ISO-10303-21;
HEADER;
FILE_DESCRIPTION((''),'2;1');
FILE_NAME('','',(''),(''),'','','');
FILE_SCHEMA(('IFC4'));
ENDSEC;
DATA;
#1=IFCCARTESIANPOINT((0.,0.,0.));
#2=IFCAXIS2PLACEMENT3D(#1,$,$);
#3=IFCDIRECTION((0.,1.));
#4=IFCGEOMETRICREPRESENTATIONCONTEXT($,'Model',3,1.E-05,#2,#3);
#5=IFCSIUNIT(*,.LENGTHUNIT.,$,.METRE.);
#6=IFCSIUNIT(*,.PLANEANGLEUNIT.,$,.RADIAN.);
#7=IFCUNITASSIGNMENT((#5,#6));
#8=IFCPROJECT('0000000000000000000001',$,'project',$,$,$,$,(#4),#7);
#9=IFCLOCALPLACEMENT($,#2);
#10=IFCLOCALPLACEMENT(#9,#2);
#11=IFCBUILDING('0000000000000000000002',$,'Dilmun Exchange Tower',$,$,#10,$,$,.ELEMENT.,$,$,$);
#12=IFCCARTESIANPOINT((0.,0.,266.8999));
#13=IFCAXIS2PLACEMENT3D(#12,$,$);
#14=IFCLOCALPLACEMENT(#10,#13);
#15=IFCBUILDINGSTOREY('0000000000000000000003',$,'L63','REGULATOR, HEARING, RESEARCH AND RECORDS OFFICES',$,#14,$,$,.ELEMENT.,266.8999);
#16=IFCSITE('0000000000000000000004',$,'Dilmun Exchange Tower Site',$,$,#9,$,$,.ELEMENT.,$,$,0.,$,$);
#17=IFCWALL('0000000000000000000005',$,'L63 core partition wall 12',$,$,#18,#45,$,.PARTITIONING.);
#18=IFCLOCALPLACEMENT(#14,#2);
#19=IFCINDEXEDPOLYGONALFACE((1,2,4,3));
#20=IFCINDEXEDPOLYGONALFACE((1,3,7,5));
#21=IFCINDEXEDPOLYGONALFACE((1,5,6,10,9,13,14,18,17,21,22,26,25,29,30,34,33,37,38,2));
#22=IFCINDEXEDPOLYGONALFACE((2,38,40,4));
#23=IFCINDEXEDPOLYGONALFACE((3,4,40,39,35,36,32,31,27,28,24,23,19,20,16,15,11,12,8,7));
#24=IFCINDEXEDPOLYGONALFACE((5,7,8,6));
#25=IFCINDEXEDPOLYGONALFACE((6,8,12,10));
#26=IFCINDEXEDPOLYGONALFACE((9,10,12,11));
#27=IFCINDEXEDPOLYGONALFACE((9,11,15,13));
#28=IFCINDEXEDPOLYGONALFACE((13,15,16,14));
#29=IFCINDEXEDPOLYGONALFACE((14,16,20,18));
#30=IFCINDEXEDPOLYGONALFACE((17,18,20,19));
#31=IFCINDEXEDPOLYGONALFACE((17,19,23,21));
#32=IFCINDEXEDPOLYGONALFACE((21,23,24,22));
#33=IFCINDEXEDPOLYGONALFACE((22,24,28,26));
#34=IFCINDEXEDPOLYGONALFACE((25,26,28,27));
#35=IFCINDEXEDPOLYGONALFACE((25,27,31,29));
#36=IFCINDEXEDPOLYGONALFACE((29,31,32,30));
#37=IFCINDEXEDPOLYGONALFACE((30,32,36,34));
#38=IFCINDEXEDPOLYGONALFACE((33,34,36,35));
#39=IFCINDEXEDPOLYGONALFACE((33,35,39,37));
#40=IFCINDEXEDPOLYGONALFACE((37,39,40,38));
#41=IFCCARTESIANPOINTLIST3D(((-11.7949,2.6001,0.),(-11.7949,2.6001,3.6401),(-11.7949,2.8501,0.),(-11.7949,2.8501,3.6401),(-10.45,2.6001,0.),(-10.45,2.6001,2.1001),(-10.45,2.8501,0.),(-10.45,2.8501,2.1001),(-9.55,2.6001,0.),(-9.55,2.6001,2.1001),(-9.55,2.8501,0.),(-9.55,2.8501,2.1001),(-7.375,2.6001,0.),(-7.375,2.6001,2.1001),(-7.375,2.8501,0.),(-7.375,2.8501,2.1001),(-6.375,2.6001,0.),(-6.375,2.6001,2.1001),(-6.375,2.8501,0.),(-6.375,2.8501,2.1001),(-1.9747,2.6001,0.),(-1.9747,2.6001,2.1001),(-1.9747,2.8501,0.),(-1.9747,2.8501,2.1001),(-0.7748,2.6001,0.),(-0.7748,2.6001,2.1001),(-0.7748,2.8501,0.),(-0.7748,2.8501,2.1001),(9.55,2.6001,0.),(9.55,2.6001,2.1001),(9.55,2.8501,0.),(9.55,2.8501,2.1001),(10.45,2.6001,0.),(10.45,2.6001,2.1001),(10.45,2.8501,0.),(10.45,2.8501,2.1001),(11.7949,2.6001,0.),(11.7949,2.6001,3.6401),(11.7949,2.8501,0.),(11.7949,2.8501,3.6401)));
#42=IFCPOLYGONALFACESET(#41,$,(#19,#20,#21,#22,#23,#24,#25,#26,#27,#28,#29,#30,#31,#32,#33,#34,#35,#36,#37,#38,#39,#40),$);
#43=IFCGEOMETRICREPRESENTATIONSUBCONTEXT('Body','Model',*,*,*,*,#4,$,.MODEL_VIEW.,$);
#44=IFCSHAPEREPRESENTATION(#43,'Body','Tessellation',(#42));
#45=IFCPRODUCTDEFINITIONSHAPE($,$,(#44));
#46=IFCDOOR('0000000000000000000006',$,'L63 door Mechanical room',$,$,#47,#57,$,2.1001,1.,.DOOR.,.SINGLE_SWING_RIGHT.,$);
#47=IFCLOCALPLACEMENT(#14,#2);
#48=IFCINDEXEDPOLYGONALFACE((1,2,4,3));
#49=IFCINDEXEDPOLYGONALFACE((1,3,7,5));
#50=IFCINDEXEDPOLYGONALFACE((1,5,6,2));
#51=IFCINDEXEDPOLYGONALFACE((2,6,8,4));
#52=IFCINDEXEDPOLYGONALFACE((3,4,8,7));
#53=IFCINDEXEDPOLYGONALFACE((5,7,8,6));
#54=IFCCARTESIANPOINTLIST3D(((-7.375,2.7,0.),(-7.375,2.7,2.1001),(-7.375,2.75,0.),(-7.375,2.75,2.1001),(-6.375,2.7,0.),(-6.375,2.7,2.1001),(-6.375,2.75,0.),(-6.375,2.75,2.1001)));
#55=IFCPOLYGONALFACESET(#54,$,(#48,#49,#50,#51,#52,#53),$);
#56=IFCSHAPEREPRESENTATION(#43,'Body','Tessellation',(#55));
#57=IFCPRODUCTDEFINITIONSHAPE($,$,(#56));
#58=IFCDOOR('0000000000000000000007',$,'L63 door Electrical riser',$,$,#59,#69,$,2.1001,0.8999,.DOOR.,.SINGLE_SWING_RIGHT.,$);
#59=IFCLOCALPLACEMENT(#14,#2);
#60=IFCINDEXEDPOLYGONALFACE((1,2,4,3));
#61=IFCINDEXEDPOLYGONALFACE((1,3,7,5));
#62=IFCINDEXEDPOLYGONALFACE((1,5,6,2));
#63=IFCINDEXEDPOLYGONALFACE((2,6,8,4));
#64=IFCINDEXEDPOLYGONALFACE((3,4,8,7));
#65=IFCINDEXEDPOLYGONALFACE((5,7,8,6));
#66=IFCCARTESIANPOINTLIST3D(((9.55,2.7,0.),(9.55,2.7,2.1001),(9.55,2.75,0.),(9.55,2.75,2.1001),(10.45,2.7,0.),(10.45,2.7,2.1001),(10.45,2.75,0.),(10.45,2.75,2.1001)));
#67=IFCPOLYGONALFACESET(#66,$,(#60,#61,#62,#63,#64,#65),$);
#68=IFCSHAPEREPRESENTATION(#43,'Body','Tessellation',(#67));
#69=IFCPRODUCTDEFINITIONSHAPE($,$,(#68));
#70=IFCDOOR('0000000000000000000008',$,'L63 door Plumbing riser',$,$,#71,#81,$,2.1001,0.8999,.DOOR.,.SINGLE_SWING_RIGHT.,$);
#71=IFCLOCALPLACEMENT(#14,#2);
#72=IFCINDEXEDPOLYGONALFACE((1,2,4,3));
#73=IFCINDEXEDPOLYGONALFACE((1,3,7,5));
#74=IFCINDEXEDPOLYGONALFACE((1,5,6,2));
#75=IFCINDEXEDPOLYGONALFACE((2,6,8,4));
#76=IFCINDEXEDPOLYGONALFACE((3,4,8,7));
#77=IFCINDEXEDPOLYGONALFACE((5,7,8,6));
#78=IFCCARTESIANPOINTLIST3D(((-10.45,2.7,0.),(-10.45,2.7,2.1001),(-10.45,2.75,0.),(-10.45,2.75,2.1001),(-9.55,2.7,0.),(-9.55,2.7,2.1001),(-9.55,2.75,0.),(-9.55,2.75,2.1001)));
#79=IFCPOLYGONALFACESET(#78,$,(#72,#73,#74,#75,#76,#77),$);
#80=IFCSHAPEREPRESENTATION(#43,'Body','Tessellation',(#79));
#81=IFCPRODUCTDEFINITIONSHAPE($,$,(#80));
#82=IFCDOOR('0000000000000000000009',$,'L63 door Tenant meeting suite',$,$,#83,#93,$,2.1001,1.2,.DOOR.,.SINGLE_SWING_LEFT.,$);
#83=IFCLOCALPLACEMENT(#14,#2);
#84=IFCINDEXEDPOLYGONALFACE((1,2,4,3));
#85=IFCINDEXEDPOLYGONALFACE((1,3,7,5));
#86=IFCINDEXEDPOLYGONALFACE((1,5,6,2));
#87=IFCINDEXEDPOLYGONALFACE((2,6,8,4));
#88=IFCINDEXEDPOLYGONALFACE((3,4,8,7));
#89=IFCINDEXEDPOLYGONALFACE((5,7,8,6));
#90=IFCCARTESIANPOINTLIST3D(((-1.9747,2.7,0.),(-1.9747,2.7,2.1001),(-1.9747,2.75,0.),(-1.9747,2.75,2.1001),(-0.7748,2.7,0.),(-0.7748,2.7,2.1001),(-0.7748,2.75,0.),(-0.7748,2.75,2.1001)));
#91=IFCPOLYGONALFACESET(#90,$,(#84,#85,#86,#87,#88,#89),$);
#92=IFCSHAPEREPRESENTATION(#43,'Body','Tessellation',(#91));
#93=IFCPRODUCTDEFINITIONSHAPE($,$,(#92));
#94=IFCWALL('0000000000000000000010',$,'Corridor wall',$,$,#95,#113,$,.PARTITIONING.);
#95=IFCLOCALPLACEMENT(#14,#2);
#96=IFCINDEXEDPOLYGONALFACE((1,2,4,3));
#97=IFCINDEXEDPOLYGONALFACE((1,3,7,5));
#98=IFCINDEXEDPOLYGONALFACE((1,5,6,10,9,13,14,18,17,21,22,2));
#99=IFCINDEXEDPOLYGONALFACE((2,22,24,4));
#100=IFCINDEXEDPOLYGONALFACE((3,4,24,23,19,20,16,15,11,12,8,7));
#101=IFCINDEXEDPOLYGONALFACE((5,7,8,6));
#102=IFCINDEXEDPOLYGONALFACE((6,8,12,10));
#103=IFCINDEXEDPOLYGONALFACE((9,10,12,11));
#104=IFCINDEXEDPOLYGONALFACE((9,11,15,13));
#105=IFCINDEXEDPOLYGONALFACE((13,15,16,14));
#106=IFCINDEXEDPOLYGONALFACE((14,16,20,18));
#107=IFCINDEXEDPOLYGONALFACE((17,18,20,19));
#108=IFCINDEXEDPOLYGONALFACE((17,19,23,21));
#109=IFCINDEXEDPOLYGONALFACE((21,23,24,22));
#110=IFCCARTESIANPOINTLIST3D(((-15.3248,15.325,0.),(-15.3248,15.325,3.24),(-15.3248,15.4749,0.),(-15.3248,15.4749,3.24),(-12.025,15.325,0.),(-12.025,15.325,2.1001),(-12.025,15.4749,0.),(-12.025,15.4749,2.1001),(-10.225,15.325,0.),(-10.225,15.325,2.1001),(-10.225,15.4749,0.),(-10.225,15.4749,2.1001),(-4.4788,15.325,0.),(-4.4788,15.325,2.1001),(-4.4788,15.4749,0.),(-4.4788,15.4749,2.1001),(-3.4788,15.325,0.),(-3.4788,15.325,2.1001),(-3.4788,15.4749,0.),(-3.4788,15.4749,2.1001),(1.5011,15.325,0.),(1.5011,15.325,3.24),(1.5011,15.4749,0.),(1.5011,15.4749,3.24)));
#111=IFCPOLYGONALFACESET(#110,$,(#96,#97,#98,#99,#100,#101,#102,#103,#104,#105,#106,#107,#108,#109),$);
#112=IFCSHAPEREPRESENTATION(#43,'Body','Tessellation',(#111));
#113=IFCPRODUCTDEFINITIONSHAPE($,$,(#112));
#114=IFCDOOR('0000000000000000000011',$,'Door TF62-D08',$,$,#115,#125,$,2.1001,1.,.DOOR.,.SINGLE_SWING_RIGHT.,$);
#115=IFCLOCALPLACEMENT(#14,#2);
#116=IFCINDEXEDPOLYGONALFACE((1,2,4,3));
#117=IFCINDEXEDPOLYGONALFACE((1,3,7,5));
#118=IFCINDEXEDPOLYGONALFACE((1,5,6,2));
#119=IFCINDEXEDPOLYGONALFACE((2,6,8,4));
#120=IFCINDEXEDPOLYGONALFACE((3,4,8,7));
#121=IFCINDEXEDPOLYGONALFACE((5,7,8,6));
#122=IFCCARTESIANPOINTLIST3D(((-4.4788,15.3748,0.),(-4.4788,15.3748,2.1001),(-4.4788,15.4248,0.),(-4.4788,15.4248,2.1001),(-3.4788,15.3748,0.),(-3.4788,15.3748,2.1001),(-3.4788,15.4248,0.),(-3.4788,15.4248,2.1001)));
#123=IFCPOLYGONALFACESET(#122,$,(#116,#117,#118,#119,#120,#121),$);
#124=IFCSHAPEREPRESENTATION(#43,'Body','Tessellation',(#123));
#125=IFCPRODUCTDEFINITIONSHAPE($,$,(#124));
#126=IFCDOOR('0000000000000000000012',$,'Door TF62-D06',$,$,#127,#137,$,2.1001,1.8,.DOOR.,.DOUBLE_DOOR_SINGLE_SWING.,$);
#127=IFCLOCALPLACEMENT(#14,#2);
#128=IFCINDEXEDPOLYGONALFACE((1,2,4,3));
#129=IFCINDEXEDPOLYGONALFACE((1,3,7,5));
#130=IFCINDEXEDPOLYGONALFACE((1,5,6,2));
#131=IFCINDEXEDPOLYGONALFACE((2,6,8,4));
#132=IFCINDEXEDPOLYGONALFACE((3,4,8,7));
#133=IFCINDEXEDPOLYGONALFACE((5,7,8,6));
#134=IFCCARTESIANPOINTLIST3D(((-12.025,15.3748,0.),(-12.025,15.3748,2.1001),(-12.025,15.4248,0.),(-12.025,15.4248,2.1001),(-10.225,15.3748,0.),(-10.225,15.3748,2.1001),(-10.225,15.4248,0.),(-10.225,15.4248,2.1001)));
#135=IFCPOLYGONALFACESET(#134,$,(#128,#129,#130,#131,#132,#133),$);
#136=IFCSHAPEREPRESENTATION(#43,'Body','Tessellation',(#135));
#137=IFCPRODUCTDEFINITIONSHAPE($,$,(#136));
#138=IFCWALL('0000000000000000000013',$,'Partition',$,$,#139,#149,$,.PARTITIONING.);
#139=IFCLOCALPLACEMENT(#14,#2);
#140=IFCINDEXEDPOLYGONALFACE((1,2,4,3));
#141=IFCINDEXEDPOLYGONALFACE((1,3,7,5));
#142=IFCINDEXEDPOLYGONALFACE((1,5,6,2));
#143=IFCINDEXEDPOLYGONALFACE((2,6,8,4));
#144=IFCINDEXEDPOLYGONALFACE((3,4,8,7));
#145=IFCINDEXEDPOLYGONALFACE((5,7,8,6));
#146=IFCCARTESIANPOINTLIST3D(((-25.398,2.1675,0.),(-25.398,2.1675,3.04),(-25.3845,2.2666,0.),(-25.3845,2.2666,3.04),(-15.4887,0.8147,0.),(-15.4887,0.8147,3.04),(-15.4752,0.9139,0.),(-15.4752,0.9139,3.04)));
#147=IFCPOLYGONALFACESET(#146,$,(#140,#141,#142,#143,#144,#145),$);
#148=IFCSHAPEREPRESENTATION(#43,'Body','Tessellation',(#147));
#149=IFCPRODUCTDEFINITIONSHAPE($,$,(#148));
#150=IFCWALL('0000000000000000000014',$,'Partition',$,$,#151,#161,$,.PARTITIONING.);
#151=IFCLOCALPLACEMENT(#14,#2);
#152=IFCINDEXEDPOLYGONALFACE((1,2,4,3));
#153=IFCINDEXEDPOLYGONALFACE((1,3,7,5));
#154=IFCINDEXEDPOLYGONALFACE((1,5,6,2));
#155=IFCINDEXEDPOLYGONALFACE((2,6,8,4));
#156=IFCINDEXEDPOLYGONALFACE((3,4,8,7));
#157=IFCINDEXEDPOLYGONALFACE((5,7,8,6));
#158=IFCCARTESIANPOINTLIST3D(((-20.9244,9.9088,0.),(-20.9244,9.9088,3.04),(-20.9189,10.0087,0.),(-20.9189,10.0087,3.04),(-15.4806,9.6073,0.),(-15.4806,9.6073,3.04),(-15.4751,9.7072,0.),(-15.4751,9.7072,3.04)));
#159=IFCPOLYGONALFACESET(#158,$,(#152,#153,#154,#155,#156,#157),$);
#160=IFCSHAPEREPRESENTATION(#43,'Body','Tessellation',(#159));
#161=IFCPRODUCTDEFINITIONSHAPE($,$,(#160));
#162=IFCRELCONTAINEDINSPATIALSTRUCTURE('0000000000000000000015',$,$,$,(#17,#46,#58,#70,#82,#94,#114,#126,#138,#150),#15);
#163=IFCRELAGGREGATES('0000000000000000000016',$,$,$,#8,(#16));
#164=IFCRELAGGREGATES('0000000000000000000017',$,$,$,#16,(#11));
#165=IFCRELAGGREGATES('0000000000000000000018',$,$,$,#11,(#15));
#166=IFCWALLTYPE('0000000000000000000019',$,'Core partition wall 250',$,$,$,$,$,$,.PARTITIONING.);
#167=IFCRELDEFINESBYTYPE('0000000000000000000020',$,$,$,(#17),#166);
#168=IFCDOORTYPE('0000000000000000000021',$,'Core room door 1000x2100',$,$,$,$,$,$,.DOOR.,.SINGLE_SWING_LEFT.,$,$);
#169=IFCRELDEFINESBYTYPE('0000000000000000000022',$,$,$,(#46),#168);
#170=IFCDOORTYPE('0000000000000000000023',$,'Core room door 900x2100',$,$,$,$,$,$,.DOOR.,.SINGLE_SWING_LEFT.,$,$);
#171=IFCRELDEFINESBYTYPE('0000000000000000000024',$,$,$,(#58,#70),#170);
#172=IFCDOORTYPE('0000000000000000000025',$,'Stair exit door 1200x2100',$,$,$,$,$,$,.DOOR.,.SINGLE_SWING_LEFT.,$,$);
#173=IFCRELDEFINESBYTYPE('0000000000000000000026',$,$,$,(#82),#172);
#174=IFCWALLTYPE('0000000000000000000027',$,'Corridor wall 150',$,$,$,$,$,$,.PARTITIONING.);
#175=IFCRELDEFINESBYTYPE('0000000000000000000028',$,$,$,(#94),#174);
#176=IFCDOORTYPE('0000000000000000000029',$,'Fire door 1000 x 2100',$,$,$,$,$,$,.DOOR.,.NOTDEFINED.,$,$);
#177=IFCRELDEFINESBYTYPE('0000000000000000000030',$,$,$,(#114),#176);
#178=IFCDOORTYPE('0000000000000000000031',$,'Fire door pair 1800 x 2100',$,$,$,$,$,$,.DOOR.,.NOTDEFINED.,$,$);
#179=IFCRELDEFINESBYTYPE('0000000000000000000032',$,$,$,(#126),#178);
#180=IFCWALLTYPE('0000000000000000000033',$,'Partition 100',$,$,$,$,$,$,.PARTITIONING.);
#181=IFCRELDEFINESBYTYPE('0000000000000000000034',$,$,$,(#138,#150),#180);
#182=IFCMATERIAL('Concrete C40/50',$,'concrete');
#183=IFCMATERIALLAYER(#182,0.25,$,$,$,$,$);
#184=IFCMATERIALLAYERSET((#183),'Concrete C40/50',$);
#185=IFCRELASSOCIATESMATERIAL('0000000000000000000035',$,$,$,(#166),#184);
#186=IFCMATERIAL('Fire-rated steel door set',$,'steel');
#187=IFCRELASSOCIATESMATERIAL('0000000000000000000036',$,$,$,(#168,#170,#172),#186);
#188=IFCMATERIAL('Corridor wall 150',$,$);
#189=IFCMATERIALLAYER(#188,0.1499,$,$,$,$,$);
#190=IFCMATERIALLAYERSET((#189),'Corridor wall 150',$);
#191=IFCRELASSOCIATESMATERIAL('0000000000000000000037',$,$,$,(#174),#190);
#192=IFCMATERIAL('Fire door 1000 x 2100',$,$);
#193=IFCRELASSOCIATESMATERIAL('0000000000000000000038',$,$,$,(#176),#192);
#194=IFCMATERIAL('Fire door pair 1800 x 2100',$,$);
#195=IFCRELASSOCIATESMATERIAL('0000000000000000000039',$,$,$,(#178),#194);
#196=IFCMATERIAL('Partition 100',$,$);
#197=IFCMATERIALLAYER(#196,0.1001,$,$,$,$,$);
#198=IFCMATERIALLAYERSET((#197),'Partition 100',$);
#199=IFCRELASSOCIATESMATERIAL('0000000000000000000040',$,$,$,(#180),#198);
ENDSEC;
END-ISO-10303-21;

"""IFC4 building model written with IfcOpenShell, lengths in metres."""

from ifc_helpers import new_model, si_unit, direction, frame, frame_2d, origin, place, context, subcontext, project, spatial, rectangle, extrude, material, layer, layer_set, type_object, element, fill, save


model = new_model("IFC4")

# Units and contexts
model_context = context("Model", 3, precision=1e-05, world=origin(), true_north=direction((0.0, 1.0)))
body_context = subcontext(model_context, "Body", "Model", "MODEL_VIEW")
ifc_project = project(units=[si_unit("LENGTHUNIT", "METRE"), si_unit("PLANEANGLEUNIT", "RADIAN")], contexts=[model_context])

# Site, building, storey
site_placement = place(None, origin())
site = spatial("IfcSite", under=ifc_project, at=site_placement, Name="Dilmun Exchange Tower Site", CompositionType="ELEMENT", RefElevation=0.0)
building_placement = place(site_placement, origin())
building = spatial("IfcBuilding", under=site, at=building_placement, Name="Dilmun Exchange Tower", CompositionType="ELEMENT")
storey_placement = place(building_placement, frame((0.0, 0.0, 266.8999)))
storey = spatial("IfcBuildingStorey", under=building, at=storey_placement, Name="L63", Description="REGULATOR, HEARING, RESEARCH AND RECORDS OFFICES", CompositionType="ELEMENT", Elevation=266.8999)

# Shared definitions
ifc_material_1 = material(Name="Concrete C40/50", Category="concrete")

# Walls, openings, doors
ifc_layer_1 = layer(ifc_material_1, 0.25)
ifc_layer_set_1 = layer_set([ifc_layer_1], Name="Concrete C40/50")
wall_type_1 = type_object("IfcWallType", Name="Core partition wall 250", PredefinedType="PARTITIONING", material=ifc_layer_set_1)
wall_1_placement = place(storey_placement, frame((-11.7949, 2.7251, 0.0), z_axis=(0.0, 0.0, 1.0), x_axis=(1.0, 0.0, 0.0)))
wall_1 = element("IfcWall", 1, at=wall_1_placement, inside=storey, type_object=wall_type_1, Name="L63 core partition wall 12", PredefinedType="PARTITIONING", context=body_context, shape_type="SweptSolid", body=[
    extrude(rectangle(XDim=23.5898, YDim=0.25, at=frame_2d((11.7949, 0.0))), origin(), (0.0, 0.0, 1.0), 3.6401),
])
opening_1_placement = place(wall_1_placement, frame((21.345, 0.0, 0.0)))
opening_1 = element("IfcOpeningElement", 2, at=opening_1_placement, cuts=wall_1, PredefinedType="OPENING", context=body_context, shape_type="SweptSolid", body=[
    extrude(rectangle(XDim=0.8999, YDim=2.1001, at=frame_2d((0.45, 1.05))), frame((0.0, 0.135, 0.0), z_axis=(0.0, -1.0, 0.0), x_axis=(1.0, 0.0, 0.0)), (0.0, 0.0, 1.0), 0.27),
])
opening_2_placement = place(wall_1_placement, frame((1.345, 0.0, 0.0)))
opening_2 = element("IfcOpeningElement", 3, at=opening_2_placement, cuts=wall_1, PredefinedType="OPENING", context=body_context, shape_type="SweptSolid", body=[
    extrude(rectangle(XDim=0.8999, YDim=2.1001, at=frame_2d((0.45, 1.05))), frame((0.0, 0.135, 0.0), z_axis=(0.0, -1.0, 0.0), x_axis=(1.0, 0.0, 0.0)), (0.0, 0.0, 1.0), 0.27),
])
opening_3_placement = place(wall_1_placement, frame((4.4199, 0.0, 0.0)))
opening_3 = element("IfcOpeningElement", 4, at=opening_3_placement, cuts=wall_1, PredefinedType="OPENING", context=body_context, shape_type="SweptSolid", body=[
    extrude(rectangle(XDim=1.0, YDim=2.1001, at=frame_2d((0.5, 1.05))), frame((0.0, 0.135, 0.0), z_axis=(0.0, -1.0, 0.0), x_axis=(1.0, 0.0, 0.0)), (0.0, 0.0, 1.0), 0.27),
])
opening_4_placement = place(wall_1_placement, frame((9.8201, 0.0, 0.0)))
opening_4 = element("IfcOpeningElement", 5, at=opening_4_placement, cuts=wall_1, PredefinedType="OPENING", context=body_context, shape_type="SweptSolid", body=[
    extrude(rectangle(XDim=1.2, YDim=2.1001, at=frame_2d((0.6001, 1.05))), frame((0.0, 0.135, 0.0), z_axis=(0.0, -1.0, 0.0), x_axis=(1.0, 0.0, 0.0)), (0.0, 0.0, 1.0), 0.27),
])
ifc_material_2 = material(Name="Fire-rated steel door set", Category="steel")
door_type_1 = type_object("IfcDoorType", Name="Core room door 1000x2100", OperationType="SINGLE_SWING_LEFT", PredefinedType="DOOR", material=ifc_material_2)
door_1_placement = place(opening_3_placement, origin())
door_1 = element("IfcDoor", 6, at=door_1_placement, inside=storey, type_object=door_type_1, Name="L63 door Mechanical room", OperationType="SINGLE_SWING_RIGHT", OverallHeight=2.1001, OverallWidth=1.0, PredefinedType="DOOR", context=body_context, shape_type="SweptSolid", body=[
    extrude(rectangle(XDim=1.0, YDim=2.1001, at=frame_2d((0.5, 1.05))), frame((0.0, 0.0249, 0.0), z_axis=(0.0, -1.0, 0.0), x_axis=(1.0, 0.0, 0.0)), (0.0, 0.0, 1.0), 0.05),
])
fill(opening_3, door_1)
door_type_2 = type_object("IfcDoorType", Name="Core room door 900x2100", OperationType="SINGLE_SWING_LEFT", PredefinedType="DOOR", material=ifc_material_2)
door_2_placement = place(opening_1_placement, origin())
door_2 = element("IfcDoor", 7, at=door_2_placement, inside=storey, type_object=door_type_2, Name="L63 door Electrical riser", OperationType="SINGLE_SWING_RIGHT", OverallHeight=2.1001, OverallWidth=0.8999, PredefinedType="DOOR", context=body_context, shape_type="SweptSolid", body=[
    extrude(rectangle(XDim=0.8999, YDim=2.1001, at=frame_2d((0.45, 1.05))), frame((0.0, 0.0249, 0.0), z_axis=(0.0, -1.0, 0.0), x_axis=(1.0, 0.0, 0.0)), (0.0, 0.0, 1.0), 0.05),
])
fill(opening_1, door_2)
door_3_placement = place(opening_2_placement, origin())
door_3 = element("IfcDoor", 8, at=door_3_placement, inside=storey, type_object=door_type_2, Name="L63 door Plumbing riser", OperationType="SINGLE_SWING_RIGHT", OverallHeight=2.1001, OverallWidth=0.8999, PredefinedType="DOOR", context=body_context, shape_type="SweptSolid", body=[
    extrude(rectangle(XDim=0.8999, YDim=2.1001, at=frame_2d((0.45, 1.05))), frame((0.0, 0.0249, 0.0), z_axis=(0.0, -1.0, 0.0), x_axis=(1.0, 0.0, 0.0)), (0.0, 0.0, 1.0), 0.05),
])
fill(opening_2, door_3)
door_type_3 = type_object("IfcDoorType", Name="Stair exit door 1200x2100", OperationType="SINGLE_SWING_LEFT", PredefinedType="DOOR", material=ifc_material_2)
door_4_placement = place(opening_4_placement, origin())
door_4 = element("IfcDoor", 9, at=door_4_placement, inside=storey, type_object=door_type_3, Name="L63 door Tenant meeting suite", OperationType="SINGLE_SWING_LEFT", OverallHeight=2.1001, OverallWidth=1.2, PredefinedType="DOOR", context=body_context, shape_type="SweptSolid", body=[
    extrude(rectangle(XDim=1.2, YDim=2.1001, at=frame_2d((0.6001, 1.05))), frame((0.0, 0.0249, 0.0), z_axis=(0.0, -1.0, 0.0), x_axis=(1.0, 0.0, 0.0)), (0.0, 0.0, 1.0), 0.05),
])
fill(opening_4, door_4)
ifc_material_3 = material(Name="Corridor wall 150")
ifc_layer_2 = layer(ifc_material_3, 0.1499)
ifc_layer_set_2 = layer_set([ifc_layer_2], Name="Corridor wall 150")
wall_type_2 = type_object("IfcWallType", Name="Corridor wall 150", PredefinedType="PARTITIONING", material=ifc_layer_set_2)
wall_2_placement = place(storey_placement, frame((-15.325, 15.3999, 0.0), z_axis=(0.0, 0.0, 1.0), x_axis=(1.0, 0.0, 0.0)))
wall_2 = element("IfcWall", 10, at=wall_2_placement, inside=storey, type_object=wall_type_2, Name="Corridor wall", PredefinedType="PARTITIONING", context=body_context, shape_type="SweptSolid", body=[
    extrude(rectangle(XDim=16.8259, YDim=0.1499, at=frame_2d((8.4131, 0.0))), origin(), (0.0, 0.0, 1.0), 3.24),
])
opening_5_placement = place(wall_2_placement, frame((3.3, 0.0, 0.0)))
opening_5 = element("IfcOpeningElement", 11, at=opening_5_placement, cuts=wall_2, PredefinedType="OPENING", context=body_context, shape_type="SweptSolid", body=[
    extrude(rectangle(XDim=1.8, YDim=2.1001, at=frame_2d((0.8999, 1.05))), frame((0.0, 0.085, 0.0), z_axis=(0.0, -1.0, 0.0), x_axis=(1.0, 0.0, 0.0)), (0.0, 0.0, 1.0), 0.1699),
])
opening_6_placement = place(wall_2_placement, frame((10.8462, 0.0, 0.0)))
opening_6 = element("IfcOpeningElement", 12, at=opening_6_placement, cuts=wall_2, PredefinedType="OPENING", context=body_context, shape_type="SweptSolid", body=[
    extrude(rectangle(XDim=1.0, YDim=2.1001, at=frame_2d((0.5, 1.05))), frame((0.0, 0.085, 0.0), z_axis=(0.0, -1.0, 0.0), x_axis=(1.0, 0.0, 0.0)), (0.0, 0.0, 1.0), 0.1699),
])
ifc_material_4 = material(Name="Fire door 1000 x 2100")
door_type_4 = type_object("IfcDoorType", Name="Fire door 1000 x 2100", OperationType="NOTDEFINED", PredefinedType="DOOR", material=ifc_material_4)
door_5_placement = place(opening_6_placement, origin())
door_5 = element("IfcDoor", 13, at=door_5_placement, inside=storey, type_object=door_type_4, Name="Door TF62-D08", OperationType="SINGLE_SWING_RIGHT", OverallHeight=2.1001, OverallWidth=1.0, PredefinedType="DOOR", context=body_context, shape_type="SweptSolid", body=[
    extrude(rectangle(XDim=1.0, YDim=2.1001, at=frame_2d((0.5, 1.05))), frame((0.0, 0.0249, 0.0), z_axis=(0.0, -1.0, 0.0), x_axis=(1.0, 0.0, 0.0)), (0.0, 0.0, 1.0), 0.05),
])
fill(opening_6, door_5)
ifc_material_5 = material(Name="Fire door pair 1800 x 2100")
door_type_5 = type_object("IfcDoorType", Name="Fire door pair 1800 x 2100", OperationType="NOTDEFINED", PredefinedType="DOOR", material=ifc_material_5)
door_6_placement = place(opening_5_placement, origin())
door_6 = element("IfcDoor", 14, at=door_6_placement, inside=storey, type_object=door_type_5, Name="Door TF62-D06", OperationType="DOUBLE_DOOR_SINGLE_SWING", OverallHeight=2.1001, OverallWidth=1.8, PredefinedType="DOOR", context=body_context, shape_type="SweptSolid", body=[
    extrude(rectangle(XDim=1.8, YDim=2.1001, at=frame_2d((0.8999, 1.05))), frame((0.0, 0.0249, 0.0), z_axis=(0.0, -1.0, 0.0), x_axis=(1.0, 0.0, 0.0)), (0.0, 0.0, 1.0), 0.05),
])
fill(opening_5, door_6)

# Walls
ifc_material_6 = material(Name="Partition 100")
ifc_layer_3 = layer(ifc_material_6, 0.1001)
ifc_layer_set_3 = layer_set([ifc_layer_3], Name="Partition 100")
wall_type_3 = type_object("IfcWallType", Name="Partition 100", PredefinedType="PARTITIONING", material=ifc_layer_set_3)
wall_3_placement = place(storey_placement, frame((-25.3911, 2.217, 0.0), z_axis=(0.0, 0.0, 1.0), x_axis=(0.99081, -0.13526, 0.0)))
element("IfcWall", 15, at=wall_3_placement, inside=storey, type_object=wall_type_3, Name="Partition", PredefinedType="PARTITIONING", context=body_context, shape_type="SweptSolid", body=[
    extrude(rectangle(XDim=10.0012, YDim=0.1001, at=frame_2d((5.0005, 0.0))), origin(), (0.0, 0.0, 1.0), 3.04),
])
wall_4_placement = place(storey_placement, frame((-20.9216, 9.9587, 0.0), z_axis=(0.0, 0.0, 1.0), x_axis=(0.99847, -0.055301, 0.0)))
element("IfcWall", 16, at=wall_4_placement, inside=storey, type_object=wall_type_3, Name="Partition", PredefinedType="PARTITIONING", context=body_context, shape_type="SweptSolid", body=[
    extrude(rectangle(XDim=5.4521, YDim=0.1001, at=frame_2d((2.7261, 0.0))), origin(), (0.0, 0.0, 1.0), 3.04),
])

save(model, "model.ifc")
